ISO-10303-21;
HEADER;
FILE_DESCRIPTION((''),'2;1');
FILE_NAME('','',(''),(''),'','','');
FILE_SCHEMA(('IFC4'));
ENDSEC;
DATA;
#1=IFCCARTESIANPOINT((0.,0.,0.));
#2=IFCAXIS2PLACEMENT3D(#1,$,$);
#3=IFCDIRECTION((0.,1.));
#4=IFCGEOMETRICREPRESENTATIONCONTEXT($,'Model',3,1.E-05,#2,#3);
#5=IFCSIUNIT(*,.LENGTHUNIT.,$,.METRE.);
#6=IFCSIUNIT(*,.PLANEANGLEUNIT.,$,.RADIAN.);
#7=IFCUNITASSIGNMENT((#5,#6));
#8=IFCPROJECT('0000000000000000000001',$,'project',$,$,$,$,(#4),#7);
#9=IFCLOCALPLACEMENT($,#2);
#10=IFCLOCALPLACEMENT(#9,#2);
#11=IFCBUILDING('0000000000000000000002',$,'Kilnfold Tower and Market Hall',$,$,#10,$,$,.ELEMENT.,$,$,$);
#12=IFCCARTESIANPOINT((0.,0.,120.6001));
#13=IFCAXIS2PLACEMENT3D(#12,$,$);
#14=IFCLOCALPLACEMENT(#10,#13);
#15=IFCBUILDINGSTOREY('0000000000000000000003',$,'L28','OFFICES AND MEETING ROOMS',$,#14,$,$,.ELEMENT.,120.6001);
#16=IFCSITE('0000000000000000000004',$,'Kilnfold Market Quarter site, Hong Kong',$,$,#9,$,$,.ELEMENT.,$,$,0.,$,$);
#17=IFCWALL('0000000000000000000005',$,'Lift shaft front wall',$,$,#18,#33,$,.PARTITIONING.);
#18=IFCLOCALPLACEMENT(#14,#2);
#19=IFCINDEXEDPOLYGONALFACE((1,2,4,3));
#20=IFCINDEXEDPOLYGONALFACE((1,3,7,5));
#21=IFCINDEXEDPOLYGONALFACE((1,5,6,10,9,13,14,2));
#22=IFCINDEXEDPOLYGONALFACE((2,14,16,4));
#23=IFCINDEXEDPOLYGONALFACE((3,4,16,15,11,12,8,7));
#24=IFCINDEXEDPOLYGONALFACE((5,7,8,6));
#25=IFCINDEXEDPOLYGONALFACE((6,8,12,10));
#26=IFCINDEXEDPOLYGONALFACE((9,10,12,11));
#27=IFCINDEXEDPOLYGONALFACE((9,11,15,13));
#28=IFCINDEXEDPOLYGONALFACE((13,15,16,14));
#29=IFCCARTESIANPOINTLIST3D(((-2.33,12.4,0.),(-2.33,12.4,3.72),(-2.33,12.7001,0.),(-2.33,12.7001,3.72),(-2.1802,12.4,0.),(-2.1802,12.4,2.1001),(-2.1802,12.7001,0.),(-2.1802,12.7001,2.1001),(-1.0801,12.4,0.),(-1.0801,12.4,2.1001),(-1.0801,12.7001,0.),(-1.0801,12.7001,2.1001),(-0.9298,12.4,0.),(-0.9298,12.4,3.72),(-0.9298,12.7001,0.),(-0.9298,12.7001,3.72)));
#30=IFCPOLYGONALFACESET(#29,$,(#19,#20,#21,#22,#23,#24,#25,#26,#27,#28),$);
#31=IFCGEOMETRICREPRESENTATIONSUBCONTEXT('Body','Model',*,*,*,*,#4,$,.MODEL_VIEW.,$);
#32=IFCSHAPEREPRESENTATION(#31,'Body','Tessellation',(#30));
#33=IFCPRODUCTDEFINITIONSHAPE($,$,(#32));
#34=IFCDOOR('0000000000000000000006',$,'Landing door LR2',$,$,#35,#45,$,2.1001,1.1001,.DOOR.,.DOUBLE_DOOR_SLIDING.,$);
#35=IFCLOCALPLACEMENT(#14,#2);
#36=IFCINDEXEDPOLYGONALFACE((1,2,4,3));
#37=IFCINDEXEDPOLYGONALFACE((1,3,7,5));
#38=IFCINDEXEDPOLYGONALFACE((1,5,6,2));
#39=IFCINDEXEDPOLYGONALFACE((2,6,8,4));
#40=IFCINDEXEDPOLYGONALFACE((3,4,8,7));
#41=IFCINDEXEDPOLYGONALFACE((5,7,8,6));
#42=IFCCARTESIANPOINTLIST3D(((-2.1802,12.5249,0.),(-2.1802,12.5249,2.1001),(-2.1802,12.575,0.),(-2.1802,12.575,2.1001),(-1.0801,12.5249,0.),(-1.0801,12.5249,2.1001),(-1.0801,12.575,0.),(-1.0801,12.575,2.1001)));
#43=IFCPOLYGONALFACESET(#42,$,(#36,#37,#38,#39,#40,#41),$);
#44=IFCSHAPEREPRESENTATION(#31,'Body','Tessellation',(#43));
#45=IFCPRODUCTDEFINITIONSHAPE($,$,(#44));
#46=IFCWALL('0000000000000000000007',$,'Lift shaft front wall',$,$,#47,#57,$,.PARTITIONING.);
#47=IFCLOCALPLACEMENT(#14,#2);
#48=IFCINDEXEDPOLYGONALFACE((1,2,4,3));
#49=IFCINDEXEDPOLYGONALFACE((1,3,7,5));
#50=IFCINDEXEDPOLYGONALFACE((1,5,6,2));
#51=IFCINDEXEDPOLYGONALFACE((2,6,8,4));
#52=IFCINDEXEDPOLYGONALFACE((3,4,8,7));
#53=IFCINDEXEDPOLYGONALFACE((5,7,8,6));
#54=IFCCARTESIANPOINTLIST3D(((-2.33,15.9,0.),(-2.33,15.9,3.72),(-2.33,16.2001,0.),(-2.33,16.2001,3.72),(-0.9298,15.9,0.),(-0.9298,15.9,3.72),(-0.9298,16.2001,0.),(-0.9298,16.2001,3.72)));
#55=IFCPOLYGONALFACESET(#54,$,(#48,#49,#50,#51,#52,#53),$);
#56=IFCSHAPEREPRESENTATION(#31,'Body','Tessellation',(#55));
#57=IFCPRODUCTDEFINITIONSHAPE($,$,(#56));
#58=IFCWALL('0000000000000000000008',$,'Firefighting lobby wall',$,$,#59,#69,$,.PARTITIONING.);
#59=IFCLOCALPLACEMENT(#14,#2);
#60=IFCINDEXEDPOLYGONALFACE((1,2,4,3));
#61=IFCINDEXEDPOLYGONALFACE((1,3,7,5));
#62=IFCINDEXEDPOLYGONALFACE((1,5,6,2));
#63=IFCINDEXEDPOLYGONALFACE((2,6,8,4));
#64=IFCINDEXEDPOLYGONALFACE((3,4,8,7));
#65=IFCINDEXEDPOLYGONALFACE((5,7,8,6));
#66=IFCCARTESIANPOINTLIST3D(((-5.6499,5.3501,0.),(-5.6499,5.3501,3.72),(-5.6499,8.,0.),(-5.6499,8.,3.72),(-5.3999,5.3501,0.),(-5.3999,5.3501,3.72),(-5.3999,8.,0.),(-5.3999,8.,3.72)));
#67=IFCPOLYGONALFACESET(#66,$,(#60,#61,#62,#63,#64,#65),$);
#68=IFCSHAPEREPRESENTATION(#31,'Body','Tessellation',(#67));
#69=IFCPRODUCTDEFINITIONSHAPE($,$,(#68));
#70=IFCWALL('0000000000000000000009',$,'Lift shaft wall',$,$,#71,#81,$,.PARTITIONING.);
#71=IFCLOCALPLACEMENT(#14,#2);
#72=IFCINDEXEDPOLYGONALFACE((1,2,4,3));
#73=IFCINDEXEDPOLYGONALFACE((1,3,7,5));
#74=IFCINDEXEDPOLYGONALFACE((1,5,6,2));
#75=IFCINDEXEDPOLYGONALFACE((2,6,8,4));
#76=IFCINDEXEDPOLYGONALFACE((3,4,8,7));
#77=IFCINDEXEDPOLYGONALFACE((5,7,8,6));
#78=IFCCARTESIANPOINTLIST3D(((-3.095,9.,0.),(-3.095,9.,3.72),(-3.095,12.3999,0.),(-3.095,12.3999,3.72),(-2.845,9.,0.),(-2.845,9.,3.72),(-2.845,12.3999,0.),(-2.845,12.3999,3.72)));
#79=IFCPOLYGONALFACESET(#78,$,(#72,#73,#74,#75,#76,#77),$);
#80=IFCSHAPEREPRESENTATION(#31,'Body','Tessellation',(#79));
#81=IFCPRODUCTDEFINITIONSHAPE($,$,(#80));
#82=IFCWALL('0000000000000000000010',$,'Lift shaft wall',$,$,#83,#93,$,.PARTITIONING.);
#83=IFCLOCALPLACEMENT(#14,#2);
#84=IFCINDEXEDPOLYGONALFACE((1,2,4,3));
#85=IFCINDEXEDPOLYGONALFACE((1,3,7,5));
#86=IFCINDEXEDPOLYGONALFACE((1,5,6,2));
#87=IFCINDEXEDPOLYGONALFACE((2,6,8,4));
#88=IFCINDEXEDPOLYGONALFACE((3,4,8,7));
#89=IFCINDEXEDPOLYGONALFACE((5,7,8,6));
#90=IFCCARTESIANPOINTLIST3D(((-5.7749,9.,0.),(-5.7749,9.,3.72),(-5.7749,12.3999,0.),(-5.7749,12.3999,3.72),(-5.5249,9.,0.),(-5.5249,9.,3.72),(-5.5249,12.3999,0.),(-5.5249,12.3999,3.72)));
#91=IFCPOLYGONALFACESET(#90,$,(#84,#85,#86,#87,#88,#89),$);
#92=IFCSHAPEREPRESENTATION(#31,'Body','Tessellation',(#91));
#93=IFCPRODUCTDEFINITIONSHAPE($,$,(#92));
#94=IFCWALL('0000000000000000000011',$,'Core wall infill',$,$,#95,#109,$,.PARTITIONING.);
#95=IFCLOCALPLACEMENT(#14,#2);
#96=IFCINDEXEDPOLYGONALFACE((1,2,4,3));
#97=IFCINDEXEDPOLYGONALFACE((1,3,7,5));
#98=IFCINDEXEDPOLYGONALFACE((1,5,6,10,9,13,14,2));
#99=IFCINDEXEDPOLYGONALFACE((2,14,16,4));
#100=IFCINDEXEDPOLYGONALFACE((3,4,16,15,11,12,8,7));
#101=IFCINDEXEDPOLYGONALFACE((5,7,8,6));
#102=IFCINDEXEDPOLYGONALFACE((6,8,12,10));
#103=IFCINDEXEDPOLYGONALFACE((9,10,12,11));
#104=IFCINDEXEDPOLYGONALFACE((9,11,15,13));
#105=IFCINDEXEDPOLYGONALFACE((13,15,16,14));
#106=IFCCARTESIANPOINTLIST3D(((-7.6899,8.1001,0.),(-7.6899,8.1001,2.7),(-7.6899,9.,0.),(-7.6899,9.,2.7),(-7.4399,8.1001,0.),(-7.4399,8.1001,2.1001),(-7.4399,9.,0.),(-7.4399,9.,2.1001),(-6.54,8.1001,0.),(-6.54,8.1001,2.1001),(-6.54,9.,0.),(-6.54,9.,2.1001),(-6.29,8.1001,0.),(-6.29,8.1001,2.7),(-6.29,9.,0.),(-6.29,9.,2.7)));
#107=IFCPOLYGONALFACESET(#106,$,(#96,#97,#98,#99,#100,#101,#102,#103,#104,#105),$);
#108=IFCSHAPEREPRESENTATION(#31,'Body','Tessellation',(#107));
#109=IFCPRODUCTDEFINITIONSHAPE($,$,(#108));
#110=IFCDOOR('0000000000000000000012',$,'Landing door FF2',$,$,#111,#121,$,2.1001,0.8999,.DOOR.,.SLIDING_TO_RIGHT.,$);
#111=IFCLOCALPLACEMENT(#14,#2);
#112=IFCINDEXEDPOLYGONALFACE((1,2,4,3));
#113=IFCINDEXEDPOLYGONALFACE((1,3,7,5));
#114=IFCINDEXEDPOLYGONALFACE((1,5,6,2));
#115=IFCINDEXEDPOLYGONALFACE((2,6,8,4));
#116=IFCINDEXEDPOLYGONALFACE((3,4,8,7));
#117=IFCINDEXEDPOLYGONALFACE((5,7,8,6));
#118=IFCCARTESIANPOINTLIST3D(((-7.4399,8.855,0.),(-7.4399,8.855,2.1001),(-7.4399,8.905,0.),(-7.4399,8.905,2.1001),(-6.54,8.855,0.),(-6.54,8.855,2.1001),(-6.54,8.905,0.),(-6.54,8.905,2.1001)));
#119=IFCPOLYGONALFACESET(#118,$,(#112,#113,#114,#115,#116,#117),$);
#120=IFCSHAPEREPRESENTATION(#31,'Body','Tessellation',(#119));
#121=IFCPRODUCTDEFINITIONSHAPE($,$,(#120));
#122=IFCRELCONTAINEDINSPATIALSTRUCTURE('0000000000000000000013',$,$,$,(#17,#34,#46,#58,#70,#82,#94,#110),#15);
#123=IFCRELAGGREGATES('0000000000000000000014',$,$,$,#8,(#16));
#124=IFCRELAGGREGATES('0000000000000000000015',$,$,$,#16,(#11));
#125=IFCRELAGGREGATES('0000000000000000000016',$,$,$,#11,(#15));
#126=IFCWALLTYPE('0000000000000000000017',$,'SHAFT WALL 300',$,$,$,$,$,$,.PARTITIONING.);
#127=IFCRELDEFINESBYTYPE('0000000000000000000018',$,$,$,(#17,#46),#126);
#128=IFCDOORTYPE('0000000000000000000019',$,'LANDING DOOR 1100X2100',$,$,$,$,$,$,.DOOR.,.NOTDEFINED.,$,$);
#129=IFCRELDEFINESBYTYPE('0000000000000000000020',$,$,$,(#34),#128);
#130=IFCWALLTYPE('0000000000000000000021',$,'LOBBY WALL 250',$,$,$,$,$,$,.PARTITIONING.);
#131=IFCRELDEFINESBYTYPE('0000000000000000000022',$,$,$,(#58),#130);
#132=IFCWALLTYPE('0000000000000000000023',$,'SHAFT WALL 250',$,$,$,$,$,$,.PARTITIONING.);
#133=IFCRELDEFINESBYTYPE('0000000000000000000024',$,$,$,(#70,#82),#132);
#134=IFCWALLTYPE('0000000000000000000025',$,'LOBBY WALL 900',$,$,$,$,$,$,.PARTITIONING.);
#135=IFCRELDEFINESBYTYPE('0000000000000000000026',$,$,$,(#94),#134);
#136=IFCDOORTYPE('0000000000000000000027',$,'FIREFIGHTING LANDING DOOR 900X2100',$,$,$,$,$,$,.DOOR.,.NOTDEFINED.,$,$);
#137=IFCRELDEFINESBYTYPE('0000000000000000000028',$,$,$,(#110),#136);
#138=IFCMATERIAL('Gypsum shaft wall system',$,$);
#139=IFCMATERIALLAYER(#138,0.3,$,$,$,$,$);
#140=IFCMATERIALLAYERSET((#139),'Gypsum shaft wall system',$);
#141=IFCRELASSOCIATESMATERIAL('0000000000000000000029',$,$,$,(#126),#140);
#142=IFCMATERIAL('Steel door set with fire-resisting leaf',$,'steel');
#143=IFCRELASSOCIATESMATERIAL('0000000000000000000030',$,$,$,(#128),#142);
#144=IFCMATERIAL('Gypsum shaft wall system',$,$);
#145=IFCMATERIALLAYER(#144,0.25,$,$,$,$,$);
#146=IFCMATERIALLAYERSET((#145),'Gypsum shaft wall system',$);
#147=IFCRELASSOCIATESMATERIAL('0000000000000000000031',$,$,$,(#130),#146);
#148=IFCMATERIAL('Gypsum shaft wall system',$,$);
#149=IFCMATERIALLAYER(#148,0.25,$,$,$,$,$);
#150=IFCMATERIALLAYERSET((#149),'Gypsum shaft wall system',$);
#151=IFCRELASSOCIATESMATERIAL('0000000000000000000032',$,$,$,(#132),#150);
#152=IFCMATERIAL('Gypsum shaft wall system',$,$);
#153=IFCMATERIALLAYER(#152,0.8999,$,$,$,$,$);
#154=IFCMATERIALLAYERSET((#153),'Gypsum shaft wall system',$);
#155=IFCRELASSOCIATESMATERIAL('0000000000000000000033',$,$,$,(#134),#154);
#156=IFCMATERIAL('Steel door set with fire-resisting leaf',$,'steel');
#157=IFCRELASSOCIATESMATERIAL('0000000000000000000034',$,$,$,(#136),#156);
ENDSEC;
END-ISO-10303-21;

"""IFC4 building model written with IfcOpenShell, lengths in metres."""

from ifc_helpers import new_model, si_unit, direction, frame, frame_2d, origin, place, context, subcontext, project, spatial, rectangle, extrude, source, transform, mapped, material, layer, layer_set, type_object, element, fill, save


model = new_model("IFC4")

# Units and contexts
model_context = context("Model", 3, precision=1e-05, world=origin(), true_north=direction((0.0, 1.0)))
body_context = subcontext(model_context, "Body", "Model", "MODEL_VIEW")
ifc_project = project(units=[si_unit("LENGTHUNIT", "METRE"), si_unit("PLANEANGLEUNIT", "RADIAN")], contexts=[model_context])

# Site, building, storey
site_placement = place(None, origin())
site = spatial("IfcSite", under=ifc_project, at=site_placement, Name="Kilnfold Market Quarter site, Hong Kong", CompositionType="ELEMENT", RefElevation=0.0)
building_placement = place(site_placement, origin())
building = spatial("IfcBuilding", under=site, at=building_placement, Name="Kilnfold Tower and Market Hall", CompositionType="ELEMENT")
storey_placement = place(building_placement, frame((0.0, 0.0, 120.6001)))
storey = spatial("IfcBuildingStorey", under=building, at=storey_placement, Name="L28", Description="OFFICES AND MEETING ROOMS", CompositionType="ELEMENT", Elevation=120.6001)

# Shared definitions
ifc_material_1 = material(Name="Gypsum shaft wall system")
ifc_layer_1 = layer(ifc_material_1, 0.3)
ifc_layer_set_1 = layer_set([ifc_layer_1], Name="Gypsum shaft wall system")
wall_type_1 = type_object("IfcWallType", Name="SHAFT WALL 300", PredefinedType="PARTITIONING", material=ifc_layer_set_1)
ifc_material_2 = material(Name="Steel door set with fire-resisting leaf", Category="steel")
door_type_1 = type_object("IfcDoorType", Name="LANDING DOOR 1100X2100", OperationType="NOTDEFINED", PredefinedType="DOOR", material=ifc_material_2)

# Wall, opening, door
shared_shape_1 = source(origin(), body_context, "Body", "SweptSolid", [
    extrude(rectangle(XDim=1.4001, YDim=0.3, at=frame_2d((0.7002, 0.0))), origin(), (0.0, 0.0, 1.0), 3.72),
])
wall_1_placement = place(storey_placement, frame((-2.3301, 12.55, 0.0), z_axis=(0.0, 0.0, 1.0), x_axis=(1.0, 0.0, 0.0)))
wall_1 = element("IfcWall", 1, at=wall_1_placement, inside=storey, type_object=wall_type_1, Name="Lift shaft front wall", PredefinedType="PARTITIONING", context=body_context, shape_type="MappedRepresentation", body=[
    mapped(shared_shape_1, transform((0.0, 0.0, 0.0))),
])
opening_1_placement = place(wall_1_placement, frame((0.1499, 0.0, 0.0)))
opening_1 = element("IfcOpeningElement", 2, at=opening_1_placement, cuts=wall_1, PredefinedType="OPENING", context=body_context, shape_type="SweptSolid", body=[
    extrude(rectangle(XDim=1.1001, YDim=2.1001, at=frame_2d((0.55, 1.05))), frame((0.0, 0.1602, 0.0), z_axis=(0.0, -1.0, 0.0), x_axis=(1.0, 0.0, 0.0)), (0.0, 0.0, 1.0), 0.3201),
])
door_1_placement = place(opening_1_placement, origin())
door_1 = element("IfcDoor", 3, at=door_1_placement, inside=storey, type_object=door_type_1, Name="Landing door LR2", OperationType="DOUBLE_DOOR_SLIDING", OverallHeight=2.1001, OverallWidth=1.1001, PredefinedType="DOOR", context=body_context, shape_type="SweptSolid", body=[
    extrude(rectangle(XDim=1.1001, YDim=2.1001, at=frame_2d((0.55, 1.05))), frame((0.0, 0.0249, 0.0), z_axis=(0.0, -1.0, 0.0), x_axis=(1.0, 0.0, 0.0)), (0.0, 0.0, 1.0), 0.05),
])
fill(opening_1, door_1)

# Walls
wall_2_placement = place(storey_placement, frame((-2.3301, 16.05, 0.0), z_axis=(0.0, 0.0, 1.0), x_axis=(1.0, 0.0, 0.0)))
element("IfcWall", 4, at=wall_2_placement, inside=storey, type_object=wall_type_1, Name="Lift shaft front wall", PredefinedType="PARTITIONING", context=body_context, shape_type="MappedRepresentation", body=[
    mapped(shared_shape_1, transform((0.0, 0.0, 0.0))),
])
ifc_material_3 = material(Name="Gypsum shaft wall system")
ifc_layer_2 = layer(ifc_material_3, 0.25)
ifc_layer_set_2 = layer_set([ifc_layer_2], Name="Gypsum shaft wall system")
wall_type_2 = type_object("IfcWallType", Name="LOBBY WALL 250", PredefinedType="PARTITIONING", material=ifc_layer_set_2)
shared_shape_2 = source(origin(), body_context, "Body", "SweptSolid", [
    extrude(rectangle(XDim=2.6499, YDim=0.25, at=frame_2d((1.325, 0.0))), origin(), (0.0, 0.0, 1.0), 3.72),
])
wall_3_placement = place(storey_placement, frame((-5.5249, 5.3501, 0.0), z_axis=(0.0, 0.0, 1.0), x_axis=(0.0, 1.0, 0.0)))
element("IfcWall", 5, at=wall_3_placement, inside=storey, type_object=wall_type_2, Name="Firefighting lobby wall", PredefinedType="PARTITIONING", context=body_context, shape_type="MappedRepresentation", body=[
    mapped(shared_shape_2, transform((0.0, 0.0, 0.0))),
])
ifc_material_4 = material(Name="Gypsum shaft wall system")
ifc_layer_3 = layer(ifc_material_4, 0.25)
ifc_layer_set_3 = layer_set([ifc_layer_3], Name="Gypsum shaft wall system")
wall_type_3 = type_object("IfcWallType", Name="SHAFT WALL 250", PredefinedType="PARTITIONING", material=ifc_layer_set_3)
shared_shape_3 = source(origin(), body_context, "Body", "SweptSolid", [
    extrude(rectangle(XDim=3.3999, YDim=0.25, at=frame_2d((1.7, 0.0))), origin(), (0.0, 0.0, 1.0), 3.72),
])
for number, where, z_axis, x_axis, name in (
    (6, (-2.97, 9.0, 0.0), (0.0, 0.0, 1.0), (0.0, 1.0, 0.0), "Lift shaft wall"),
    (7, (-5.6499, 9.0, 0.0), (0.0, 0.0, 1.0), (0.0, 1.0, 0.0), "Lift shaft wall"),
):
    element("IfcWall", number, at=place(storey_placement, frame(where, z_axis=z_axis, x_axis=x_axis)), inside=storey, type_object=wall_type_3, Name=name, PredefinedType="PARTITIONING", context=body_context, shape_type="MappedRepresentation", body=[
        mapped(shared_shape_3, transform((0.0, 0.0, 0.0))),
    ])

# Wall, opening, door
ifc_material_5 = material(Name="Gypsum shaft wall system")
ifc_layer_4 = layer(ifc_material_5, 0.8999)
ifc_layer_set_4 = layer_set([ifc_layer_4], Name="Gypsum shaft wall system")
wall_type_4 = type_object("IfcWallType", Name="LOBBY WALL 900", PredefinedType="PARTITIONING", material=ifc_layer_set_4)
shared_shape_4 = source(origin(), body_context, "Body", "SweptSolid", [
    extrude(rectangle(XDim=1.3999, YDim=0.8999, at=frame_2d((0.7, 0.0))), origin(), (0.0, 0.0, 1.0), 2.7),
])
wall_4_placement = place(storey_placement, frame((-7.6899, 8.55, 0.0), z_axis=(0.0, 0.0, 1.0), x_axis=(1.0, 0.0, 0.0)))
wall_4 = element("IfcWall", 8, at=wall_4_placement, inside=storey, type_object=wall_type_4, Name="Core wall infill", PredefinedType="PARTITIONING", context=body_context, shape_type="MappedRepresentation", body=[
    mapped(shared_shape_4, transform((0.0, 0.0, 0.0))),
])
opening_2_placement = place(wall_4_placement, frame((0.25, 0.0, 0.0)))
opening_2 = element("IfcOpeningElement", 9, at=opening_2_placement, cuts=wall_4, PredefinedType="OPENING", context=body_context, shape_type="SweptSolid", body=[
    extrude(rectangle(XDim=0.8999, YDim=2.1001, at=frame_2d((0.45, 1.05))), frame((0.0, 0.46, 0.0), z_axis=(0.0, -1.0, 0.0), x_axis=(1.0, 0.0, 0.0)), (0.0, 0.0, 1.0), 0.9199),
])
ifc_material_6 = material(Name="Steel door set with fire-resisting leaf", Category="steel")
door_type_2 = type_object("IfcDoorType", Name="FIREFIGHTING LANDING DOOR 900X2100", OperationType="NOTDEFINED", PredefinedType="DOOR", material=ifc_material_6)
door_2_placement = place(opening_2_placement, origin())
door_2 = element("IfcDoor", 10, at=door_2_placement, inside=storey, type_object=door_type_2, Name="Landing door FF2", OperationType="SLIDING_TO_RIGHT", OverallHeight=2.1001, OverallWidth=0.8999, PredefinedType="DOOR", context=body_context, shape_type="SweptSolid", body=[
    extrude(rectangle(XDim=0.8999, YDim=2.1001, at=frame_2d((0.45, 1.05))), frame((0.0, 0.355, 0.0), z_axis=(0.0, -1.0, 0.0), x_axis=(1.0, 0.0, 0.0)), (0.0, 0.0, 1.0), 0.05),
])
fill(opening_2, door_2)

save(model, "model.ifc")
